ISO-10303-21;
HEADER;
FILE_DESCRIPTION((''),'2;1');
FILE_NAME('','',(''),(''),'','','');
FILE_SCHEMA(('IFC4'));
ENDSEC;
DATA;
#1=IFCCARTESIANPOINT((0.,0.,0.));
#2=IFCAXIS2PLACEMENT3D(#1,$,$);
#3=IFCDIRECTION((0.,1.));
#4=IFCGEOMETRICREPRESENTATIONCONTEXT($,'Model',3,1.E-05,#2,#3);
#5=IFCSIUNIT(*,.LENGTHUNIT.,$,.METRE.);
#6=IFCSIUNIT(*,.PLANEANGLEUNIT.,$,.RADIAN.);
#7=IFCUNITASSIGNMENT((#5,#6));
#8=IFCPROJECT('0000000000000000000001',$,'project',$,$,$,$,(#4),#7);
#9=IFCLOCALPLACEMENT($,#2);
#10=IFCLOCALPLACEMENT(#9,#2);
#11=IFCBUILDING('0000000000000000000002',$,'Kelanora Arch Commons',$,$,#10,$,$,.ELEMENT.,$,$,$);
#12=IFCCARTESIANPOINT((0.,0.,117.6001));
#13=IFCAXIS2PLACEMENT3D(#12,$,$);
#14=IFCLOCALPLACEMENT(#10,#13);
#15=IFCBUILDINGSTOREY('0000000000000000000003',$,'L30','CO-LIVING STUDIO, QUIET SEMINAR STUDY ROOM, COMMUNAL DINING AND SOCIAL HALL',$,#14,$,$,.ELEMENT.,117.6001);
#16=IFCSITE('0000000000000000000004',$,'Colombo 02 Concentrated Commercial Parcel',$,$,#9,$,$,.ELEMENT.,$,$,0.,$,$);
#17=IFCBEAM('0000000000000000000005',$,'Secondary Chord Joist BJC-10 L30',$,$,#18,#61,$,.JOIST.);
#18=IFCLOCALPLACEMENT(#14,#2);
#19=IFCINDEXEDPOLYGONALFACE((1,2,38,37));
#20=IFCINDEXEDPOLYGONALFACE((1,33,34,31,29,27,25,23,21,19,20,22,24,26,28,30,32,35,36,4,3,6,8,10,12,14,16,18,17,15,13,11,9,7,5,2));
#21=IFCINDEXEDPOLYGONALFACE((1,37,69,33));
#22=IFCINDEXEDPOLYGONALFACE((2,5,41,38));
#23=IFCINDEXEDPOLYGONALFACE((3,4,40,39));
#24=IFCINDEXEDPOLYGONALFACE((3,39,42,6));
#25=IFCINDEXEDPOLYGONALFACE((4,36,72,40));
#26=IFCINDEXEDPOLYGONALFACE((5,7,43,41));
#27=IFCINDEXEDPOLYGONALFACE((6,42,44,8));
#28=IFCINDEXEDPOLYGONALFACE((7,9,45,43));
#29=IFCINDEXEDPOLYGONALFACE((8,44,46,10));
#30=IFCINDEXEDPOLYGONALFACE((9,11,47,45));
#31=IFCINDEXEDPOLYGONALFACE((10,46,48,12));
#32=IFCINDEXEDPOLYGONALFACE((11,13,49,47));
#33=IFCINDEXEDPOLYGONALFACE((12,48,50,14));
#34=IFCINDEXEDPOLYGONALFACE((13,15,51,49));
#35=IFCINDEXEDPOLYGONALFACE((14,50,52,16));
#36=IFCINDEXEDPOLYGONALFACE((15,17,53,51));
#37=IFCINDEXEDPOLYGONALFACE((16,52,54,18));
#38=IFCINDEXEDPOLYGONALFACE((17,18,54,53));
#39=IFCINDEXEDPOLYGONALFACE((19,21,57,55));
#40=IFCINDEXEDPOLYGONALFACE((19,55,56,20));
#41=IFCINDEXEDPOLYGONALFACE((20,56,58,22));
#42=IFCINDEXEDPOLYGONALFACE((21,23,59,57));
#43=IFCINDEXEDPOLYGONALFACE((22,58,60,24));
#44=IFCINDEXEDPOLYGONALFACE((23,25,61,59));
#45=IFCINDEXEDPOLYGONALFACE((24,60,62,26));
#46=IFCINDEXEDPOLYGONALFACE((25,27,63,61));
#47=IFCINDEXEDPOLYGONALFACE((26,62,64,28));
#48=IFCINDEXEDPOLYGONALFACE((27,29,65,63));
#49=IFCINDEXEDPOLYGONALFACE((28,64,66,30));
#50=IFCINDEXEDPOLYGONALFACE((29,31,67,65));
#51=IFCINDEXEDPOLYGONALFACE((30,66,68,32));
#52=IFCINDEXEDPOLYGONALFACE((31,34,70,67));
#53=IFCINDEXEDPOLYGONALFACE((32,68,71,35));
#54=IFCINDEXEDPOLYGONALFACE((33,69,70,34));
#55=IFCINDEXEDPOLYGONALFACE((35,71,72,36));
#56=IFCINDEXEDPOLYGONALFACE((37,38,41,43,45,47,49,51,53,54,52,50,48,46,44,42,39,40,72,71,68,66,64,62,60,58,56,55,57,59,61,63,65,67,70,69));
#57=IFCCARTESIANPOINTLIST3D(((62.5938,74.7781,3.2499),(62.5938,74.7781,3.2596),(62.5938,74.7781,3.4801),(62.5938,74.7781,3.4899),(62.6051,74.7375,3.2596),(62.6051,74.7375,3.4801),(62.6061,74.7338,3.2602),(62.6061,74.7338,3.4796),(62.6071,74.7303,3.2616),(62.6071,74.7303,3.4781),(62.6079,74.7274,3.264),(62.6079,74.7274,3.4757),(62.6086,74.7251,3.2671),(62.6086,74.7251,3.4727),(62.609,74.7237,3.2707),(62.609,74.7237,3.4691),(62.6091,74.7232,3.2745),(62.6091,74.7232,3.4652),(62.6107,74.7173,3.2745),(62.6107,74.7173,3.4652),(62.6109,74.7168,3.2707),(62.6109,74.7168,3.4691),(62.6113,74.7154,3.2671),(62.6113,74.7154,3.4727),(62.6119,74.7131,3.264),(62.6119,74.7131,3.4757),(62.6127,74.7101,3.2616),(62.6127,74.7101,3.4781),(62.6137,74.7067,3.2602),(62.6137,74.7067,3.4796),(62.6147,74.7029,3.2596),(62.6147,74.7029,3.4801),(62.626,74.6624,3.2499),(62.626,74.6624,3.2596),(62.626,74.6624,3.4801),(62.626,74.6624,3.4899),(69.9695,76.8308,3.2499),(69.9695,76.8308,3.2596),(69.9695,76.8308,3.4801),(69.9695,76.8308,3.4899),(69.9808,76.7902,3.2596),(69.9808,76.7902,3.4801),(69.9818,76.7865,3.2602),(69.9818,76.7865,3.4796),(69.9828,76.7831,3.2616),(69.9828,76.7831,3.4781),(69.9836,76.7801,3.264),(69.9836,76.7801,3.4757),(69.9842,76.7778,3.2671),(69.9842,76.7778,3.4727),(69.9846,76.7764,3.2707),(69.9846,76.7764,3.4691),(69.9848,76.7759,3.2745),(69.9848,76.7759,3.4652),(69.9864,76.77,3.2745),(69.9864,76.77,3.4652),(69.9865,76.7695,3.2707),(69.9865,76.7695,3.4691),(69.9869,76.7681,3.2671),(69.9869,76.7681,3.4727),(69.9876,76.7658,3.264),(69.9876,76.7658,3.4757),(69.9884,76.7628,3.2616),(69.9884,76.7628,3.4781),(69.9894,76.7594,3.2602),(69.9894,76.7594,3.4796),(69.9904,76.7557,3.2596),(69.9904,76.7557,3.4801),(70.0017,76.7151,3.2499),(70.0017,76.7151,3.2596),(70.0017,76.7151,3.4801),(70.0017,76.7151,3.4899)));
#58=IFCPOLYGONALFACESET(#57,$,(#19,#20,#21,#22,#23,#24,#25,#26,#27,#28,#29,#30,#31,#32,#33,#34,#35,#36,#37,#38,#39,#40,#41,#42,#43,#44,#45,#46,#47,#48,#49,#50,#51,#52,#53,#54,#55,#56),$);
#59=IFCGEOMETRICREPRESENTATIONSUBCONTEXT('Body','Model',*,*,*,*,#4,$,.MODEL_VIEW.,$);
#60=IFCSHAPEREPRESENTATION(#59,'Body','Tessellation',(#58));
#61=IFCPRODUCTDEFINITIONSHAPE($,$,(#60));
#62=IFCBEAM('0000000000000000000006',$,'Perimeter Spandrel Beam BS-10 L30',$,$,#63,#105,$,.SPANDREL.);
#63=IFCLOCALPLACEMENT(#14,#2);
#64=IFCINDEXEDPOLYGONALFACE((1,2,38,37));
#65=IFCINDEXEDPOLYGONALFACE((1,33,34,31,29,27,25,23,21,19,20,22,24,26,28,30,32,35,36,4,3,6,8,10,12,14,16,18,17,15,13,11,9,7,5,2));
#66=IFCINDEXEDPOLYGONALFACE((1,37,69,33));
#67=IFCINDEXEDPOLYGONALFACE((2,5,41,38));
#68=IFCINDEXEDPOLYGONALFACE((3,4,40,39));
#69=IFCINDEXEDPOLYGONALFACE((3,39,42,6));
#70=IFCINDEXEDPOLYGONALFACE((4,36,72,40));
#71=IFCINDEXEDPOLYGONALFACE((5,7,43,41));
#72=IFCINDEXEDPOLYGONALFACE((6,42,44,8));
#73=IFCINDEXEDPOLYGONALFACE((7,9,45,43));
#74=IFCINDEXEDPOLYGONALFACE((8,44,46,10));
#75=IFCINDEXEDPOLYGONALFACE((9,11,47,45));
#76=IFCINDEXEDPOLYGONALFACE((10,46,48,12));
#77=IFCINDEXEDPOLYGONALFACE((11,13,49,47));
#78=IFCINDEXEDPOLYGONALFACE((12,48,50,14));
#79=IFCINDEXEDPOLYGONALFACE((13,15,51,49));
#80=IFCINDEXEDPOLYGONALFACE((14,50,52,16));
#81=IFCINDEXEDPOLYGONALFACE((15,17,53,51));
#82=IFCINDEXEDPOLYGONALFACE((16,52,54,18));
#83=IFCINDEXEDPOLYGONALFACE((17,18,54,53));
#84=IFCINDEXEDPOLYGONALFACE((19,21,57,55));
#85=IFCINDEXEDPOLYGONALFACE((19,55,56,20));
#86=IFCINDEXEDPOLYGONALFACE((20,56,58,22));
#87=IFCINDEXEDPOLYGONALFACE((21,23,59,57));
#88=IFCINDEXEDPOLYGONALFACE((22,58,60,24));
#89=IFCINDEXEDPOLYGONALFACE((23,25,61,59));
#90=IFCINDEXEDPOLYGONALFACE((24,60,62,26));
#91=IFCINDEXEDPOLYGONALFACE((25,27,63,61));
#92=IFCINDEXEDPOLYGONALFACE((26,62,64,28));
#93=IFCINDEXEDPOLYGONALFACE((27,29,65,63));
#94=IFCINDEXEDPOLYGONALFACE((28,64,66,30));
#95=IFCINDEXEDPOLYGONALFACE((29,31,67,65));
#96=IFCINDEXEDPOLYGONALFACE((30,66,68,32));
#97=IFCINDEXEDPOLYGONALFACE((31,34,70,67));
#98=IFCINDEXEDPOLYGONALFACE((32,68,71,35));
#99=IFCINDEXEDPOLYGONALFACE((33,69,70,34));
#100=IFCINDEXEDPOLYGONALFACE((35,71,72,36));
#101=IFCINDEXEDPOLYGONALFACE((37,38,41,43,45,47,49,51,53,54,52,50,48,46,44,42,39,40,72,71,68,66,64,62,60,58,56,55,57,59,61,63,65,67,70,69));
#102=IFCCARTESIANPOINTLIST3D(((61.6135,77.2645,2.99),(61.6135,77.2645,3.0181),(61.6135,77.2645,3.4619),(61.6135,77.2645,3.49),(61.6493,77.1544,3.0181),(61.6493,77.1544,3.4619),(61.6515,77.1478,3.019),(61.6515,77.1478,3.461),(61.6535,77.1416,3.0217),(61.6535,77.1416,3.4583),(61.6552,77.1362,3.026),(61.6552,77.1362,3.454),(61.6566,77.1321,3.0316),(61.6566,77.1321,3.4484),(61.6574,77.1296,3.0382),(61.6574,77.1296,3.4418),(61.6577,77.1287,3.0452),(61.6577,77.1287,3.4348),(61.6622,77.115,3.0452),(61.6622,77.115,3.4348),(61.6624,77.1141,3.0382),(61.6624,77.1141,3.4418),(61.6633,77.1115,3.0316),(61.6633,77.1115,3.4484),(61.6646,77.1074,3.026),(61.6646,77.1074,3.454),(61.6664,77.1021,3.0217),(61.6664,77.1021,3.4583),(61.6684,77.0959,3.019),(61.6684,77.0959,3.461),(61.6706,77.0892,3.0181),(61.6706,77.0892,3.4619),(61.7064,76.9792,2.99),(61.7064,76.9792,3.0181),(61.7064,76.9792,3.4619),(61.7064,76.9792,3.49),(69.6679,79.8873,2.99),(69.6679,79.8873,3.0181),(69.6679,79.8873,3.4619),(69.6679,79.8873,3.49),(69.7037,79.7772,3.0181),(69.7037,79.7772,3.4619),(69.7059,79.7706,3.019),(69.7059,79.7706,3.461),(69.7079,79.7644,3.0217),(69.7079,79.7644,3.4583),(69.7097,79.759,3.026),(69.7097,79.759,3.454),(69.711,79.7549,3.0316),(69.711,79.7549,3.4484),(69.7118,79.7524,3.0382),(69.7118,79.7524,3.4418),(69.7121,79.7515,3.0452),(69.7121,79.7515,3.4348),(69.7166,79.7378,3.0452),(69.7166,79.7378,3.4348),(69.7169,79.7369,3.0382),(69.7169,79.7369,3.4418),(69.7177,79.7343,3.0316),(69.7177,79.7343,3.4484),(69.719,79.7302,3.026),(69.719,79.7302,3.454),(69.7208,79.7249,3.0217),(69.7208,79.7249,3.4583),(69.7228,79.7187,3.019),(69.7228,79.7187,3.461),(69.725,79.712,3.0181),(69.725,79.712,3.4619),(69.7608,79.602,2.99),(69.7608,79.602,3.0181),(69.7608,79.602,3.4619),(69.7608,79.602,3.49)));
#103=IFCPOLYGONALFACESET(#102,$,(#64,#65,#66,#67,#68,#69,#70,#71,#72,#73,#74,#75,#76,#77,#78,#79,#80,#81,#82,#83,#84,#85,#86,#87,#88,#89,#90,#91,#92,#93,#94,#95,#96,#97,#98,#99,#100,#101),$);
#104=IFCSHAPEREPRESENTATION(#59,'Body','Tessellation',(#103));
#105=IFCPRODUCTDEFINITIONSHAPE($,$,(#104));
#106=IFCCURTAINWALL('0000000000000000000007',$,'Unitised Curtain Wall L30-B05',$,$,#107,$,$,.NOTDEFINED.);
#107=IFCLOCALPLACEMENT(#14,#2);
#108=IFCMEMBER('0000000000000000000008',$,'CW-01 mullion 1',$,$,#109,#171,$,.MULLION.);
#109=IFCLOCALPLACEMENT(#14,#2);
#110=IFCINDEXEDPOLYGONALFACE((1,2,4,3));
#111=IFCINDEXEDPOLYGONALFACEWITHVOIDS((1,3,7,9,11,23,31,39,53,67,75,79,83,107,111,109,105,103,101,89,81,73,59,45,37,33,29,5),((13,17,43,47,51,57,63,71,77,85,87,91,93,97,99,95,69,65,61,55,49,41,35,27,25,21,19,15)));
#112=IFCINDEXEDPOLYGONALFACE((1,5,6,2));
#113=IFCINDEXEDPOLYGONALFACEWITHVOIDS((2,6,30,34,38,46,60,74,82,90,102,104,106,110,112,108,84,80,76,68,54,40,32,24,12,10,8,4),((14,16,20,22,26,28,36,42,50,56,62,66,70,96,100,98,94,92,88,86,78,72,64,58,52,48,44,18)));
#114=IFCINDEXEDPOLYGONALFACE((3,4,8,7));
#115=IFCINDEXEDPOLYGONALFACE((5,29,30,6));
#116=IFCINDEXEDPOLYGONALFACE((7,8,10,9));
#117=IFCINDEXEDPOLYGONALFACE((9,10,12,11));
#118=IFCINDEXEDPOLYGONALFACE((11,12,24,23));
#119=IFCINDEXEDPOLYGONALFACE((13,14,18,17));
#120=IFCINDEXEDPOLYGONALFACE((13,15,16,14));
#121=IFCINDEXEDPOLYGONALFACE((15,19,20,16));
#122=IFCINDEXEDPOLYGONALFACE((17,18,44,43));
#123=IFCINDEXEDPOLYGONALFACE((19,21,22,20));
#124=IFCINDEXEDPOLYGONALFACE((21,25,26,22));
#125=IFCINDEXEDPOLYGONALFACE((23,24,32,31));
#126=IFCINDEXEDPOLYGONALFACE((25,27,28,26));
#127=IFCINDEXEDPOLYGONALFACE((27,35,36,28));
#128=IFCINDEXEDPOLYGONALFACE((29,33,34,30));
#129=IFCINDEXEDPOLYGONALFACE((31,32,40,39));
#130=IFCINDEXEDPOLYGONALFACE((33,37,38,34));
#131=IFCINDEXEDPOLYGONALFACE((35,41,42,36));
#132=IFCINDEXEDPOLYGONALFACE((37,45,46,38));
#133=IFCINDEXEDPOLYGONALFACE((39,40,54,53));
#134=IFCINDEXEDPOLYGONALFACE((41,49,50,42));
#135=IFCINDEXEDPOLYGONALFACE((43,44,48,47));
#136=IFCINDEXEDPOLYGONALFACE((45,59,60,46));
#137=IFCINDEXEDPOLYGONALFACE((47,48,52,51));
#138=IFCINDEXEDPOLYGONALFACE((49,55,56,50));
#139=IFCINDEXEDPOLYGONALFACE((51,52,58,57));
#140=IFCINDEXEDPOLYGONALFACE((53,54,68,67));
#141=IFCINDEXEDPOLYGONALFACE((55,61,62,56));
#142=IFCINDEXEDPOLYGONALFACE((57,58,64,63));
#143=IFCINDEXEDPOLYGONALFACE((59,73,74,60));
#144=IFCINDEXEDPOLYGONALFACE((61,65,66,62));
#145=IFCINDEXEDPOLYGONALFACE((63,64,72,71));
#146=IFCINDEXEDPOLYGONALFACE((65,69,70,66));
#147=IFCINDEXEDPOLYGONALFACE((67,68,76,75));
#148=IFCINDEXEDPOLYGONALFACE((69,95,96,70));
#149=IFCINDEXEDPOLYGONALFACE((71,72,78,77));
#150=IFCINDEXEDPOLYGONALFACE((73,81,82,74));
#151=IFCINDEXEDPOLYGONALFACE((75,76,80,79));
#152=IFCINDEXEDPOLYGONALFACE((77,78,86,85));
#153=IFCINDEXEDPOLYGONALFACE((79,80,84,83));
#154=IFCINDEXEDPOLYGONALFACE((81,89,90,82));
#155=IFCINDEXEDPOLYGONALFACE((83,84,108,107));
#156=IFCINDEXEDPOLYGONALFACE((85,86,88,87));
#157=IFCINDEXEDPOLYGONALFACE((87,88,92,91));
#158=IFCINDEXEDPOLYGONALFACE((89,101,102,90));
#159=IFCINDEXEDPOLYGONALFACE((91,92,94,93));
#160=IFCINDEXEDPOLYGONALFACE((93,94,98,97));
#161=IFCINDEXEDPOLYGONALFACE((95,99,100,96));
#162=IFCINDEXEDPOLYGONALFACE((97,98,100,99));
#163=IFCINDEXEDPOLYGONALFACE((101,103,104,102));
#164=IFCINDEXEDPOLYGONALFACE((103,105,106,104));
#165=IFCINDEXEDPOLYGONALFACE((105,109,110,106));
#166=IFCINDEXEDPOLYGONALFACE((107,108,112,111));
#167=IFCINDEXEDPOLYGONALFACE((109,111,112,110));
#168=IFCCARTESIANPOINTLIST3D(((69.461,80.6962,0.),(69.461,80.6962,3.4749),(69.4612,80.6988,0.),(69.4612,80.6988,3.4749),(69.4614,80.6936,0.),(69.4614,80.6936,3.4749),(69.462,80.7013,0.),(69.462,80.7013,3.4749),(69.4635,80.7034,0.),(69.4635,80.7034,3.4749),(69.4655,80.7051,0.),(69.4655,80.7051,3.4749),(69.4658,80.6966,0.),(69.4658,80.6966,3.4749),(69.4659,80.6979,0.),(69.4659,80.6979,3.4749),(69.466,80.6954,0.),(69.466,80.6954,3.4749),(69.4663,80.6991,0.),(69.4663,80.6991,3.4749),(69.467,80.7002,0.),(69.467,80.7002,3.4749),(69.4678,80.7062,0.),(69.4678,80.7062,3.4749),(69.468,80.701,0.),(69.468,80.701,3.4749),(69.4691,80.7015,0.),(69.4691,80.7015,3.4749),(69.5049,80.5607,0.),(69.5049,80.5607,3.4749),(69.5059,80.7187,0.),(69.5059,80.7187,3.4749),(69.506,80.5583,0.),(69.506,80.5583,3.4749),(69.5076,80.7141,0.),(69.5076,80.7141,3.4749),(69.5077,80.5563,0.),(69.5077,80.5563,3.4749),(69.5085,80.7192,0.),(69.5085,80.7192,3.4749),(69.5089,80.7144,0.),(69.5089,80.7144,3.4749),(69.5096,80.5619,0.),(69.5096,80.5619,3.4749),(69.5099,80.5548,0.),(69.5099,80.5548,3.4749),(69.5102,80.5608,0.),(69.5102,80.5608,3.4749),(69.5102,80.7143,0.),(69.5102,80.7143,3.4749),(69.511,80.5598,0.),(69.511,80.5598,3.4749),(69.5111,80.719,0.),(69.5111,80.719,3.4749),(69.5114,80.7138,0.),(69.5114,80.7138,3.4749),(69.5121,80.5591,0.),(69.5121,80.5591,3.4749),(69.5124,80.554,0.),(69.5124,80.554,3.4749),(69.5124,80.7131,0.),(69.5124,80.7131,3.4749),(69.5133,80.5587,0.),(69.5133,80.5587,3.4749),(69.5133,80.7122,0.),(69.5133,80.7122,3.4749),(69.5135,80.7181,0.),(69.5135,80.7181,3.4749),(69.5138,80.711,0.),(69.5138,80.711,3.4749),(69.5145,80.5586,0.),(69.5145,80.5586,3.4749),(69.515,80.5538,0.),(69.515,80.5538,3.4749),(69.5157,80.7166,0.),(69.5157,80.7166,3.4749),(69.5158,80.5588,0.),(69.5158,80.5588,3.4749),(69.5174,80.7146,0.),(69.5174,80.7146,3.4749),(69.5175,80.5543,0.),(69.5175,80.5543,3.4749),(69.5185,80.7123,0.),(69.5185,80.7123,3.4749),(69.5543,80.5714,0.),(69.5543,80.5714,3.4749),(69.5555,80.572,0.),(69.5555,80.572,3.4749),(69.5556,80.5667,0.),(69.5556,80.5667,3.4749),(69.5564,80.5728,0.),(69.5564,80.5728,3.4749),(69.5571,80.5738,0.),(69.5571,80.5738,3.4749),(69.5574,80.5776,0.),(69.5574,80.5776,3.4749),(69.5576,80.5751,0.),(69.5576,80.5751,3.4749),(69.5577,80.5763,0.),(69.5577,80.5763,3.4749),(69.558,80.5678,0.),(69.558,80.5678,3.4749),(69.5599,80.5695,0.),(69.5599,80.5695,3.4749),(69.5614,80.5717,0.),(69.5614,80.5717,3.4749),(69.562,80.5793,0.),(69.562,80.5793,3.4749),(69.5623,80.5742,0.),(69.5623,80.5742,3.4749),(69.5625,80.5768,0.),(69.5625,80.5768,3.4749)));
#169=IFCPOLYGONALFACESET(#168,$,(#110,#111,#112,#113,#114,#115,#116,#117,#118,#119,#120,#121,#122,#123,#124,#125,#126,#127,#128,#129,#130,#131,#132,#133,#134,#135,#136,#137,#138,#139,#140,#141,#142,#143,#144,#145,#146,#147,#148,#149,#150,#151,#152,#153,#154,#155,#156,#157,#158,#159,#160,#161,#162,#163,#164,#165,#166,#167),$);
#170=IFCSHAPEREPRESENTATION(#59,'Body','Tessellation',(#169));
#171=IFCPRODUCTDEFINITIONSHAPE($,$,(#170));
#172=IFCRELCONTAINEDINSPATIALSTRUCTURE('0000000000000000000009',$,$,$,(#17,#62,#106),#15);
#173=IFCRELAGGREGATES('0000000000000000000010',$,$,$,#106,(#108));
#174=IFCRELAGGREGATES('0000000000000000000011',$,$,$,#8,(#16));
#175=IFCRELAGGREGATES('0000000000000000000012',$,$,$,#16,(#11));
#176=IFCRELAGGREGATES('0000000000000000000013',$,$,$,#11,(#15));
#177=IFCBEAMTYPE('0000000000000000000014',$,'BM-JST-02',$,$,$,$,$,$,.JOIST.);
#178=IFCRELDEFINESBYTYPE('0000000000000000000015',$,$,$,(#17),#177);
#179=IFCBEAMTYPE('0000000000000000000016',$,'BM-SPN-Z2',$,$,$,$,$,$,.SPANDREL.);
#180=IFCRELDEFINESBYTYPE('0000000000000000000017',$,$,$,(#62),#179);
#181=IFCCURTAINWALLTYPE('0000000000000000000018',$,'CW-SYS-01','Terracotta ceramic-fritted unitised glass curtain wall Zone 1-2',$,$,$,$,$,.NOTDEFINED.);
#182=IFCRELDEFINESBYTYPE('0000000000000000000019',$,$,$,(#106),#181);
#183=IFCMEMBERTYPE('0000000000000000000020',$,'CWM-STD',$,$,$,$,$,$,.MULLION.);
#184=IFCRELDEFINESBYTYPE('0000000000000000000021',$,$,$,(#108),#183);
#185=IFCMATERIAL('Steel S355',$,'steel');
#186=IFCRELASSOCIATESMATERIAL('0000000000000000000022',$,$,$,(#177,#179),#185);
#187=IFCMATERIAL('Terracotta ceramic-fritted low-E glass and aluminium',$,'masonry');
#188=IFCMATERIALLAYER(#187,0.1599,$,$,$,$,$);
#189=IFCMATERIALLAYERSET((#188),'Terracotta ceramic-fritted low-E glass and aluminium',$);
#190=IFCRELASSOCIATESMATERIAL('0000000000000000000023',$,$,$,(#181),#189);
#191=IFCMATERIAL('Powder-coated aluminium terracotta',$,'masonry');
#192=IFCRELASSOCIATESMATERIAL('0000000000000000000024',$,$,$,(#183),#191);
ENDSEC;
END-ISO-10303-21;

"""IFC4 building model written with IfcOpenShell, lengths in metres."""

from ifc_helpers import new_model, si_unit, direction, frame, origin, origin_2d, place, context, subcontext, project, spatial, hollow_rectangle, i_section, extrude, material, layer, layer_set, material_profile, profile_set, type_object, element, aggregate, save


model = new_model("IFC4")

# Units and contexts
model_context = context("Model", 3, precision=1e-05, world=origin(), true_north=direction((0.0, 1.0)))
body_context = subcontext(model_context, "Body", "Model", "MODEL_VIEW")
ifc_project = project(units=[si_unit("LENGTHUNIT", "METRE"), si_unit("PLANEANGLEUNIT", "RADIAN")], contexts=[model_context])

# Site, building, storey
site_placement = place(None, origin())
site = spatial("IfcSite", under=ifc_project, at=site_placement, Name="Colombo 02 Concentrated Commercial Parcel", CompositionType="ELEMENT", RefElevation=0.0)
building_placement = place(site_placement, origin())
building = spatial("IfcBuilding", under=site, at=building_placement, Name="Kelanora Arch Commons", CompositionType="ELEMENT")
storey_placement = place(building_placement, frame((0.0, 0.0, 117.6001)))
storey = spatial("IfcBuildingStorey", under=building, at=storey_placement, Name="L30", Description="CO-LIVING STUDIO, QUIET SEMINAR STUDY ROOM, COMMUNAL DINING AND SOCIAL HALL", CompositionType="ELEMENT", Elevation=117.6001)

# Beams
ifc_material_1 = material(Name="Steel S355", Category="steel")
ifc_material_profile_1 = material_profile(ifc_material_1, i_section(OverallWidth=0.1201, OverallDepth=0.24, WebThickness=0.0061, FlangeThickness=0.0098, FilletRadius=0.0149, at=origin_2d()), Name="IPE240")
ifc_profile_set_1 = profile_set([ifc_material_profile_1], Name="Steel S355")
beam_type_1 = type_object("IfcBeamType", Name="BM-JST-02", PredefinedType="JOIST", material=ifc_profile_set_1)
beam_1_placement = place(storey_placement, frame((69.9856, 76.7729, 3.3699), z_axis=(-0.963386, -0.268119, 0.0), x_axis=(0.268119, -0.963386, 0.0)))
element("IfcBeam", 1, at=beam_1_placement, inside=storey, type_object=beam_type_1, Name="Secondary Chord Joist BJC-10 L30", PredefinedType="JOIST", context=body_context, shape_type="SweptSolid", body=[
    extrude(i_section(OverallWidth=0.1201, OverallDepth=0.24, WebThickness=0.0061, FlangeThickness=0.0098, FilletRadius=0.0149, at=origin_2d()), origin(), (0.0, 0.0, 1.0), 7.656),
])
ifc_material_profile_2 = material_profile(ifc_material_1, i_section(OverallWidth=0.3, OverallDepth=0.5, WebThickness=0.0144, FlangeThickness=0.0281, FilletRadius=0.0271, at=origin_2d()), Name="HEB500")
ifc_profile_set_2 = profile_set([ifc_material_profile_2], Name="Steel S355")
beam_type_2 = type_object("IfcBeamType", Name="BM-SPN-Z2", PredefinedType="SPANDREL", material=ifc_profile_set_2)
beam_2_placement = place(storey_placement, frame((69.7144, 79.7446, 3.24), z_axis=(-0.950857, -0.309631, 0.0), x_axis=(0.309631, -0.950857, 0.0)))
element("IfcBeam", 2, at=beam_2_placement, inside=storey, type_object=beam_type_2, Name="Perimeter Spandrel Beam BS-10 L30", PredefinedType="SPANDREL", context=body_context, shape_type="SweptSolid", body=[
    extrude(i_section(OverallWidth=0.3, OverallDepth=0.5, WebThickness=0.0144, FlangeThickness=0.0281, FilletRadius=0.0271, at=origin_2d()), origin(), (0.0, 0.0, 1.0), 8.4707),
])

# Curtain wall, member
ifc_material_2 = material(Name="Terracotta ceramic-fritted low-E glass and aluminium", Category="masonry")
ifc_layer_1 = layer(ifc_material_2, 0.1599)
ifc_layer_set_1 = layer_set([ifc_layer_1], Name="Terracotta ceramic-fritted low-E glass and aluminium")
curtain_wall_type = type_object("IfcCurtainWallType", Name="CW-SYS-01", Description="Terracotta ceramic-fritted unitised glass curtain wall Zone 1-2", PredefinedType="NOTDEFINED", material=ifc_layer_set_1)
curtain_wall_placement = place(storey_placement, origin())
curtain_wall = element("IfcCurtainWall", 3, at=curtain_wall_placement, inside=storey, type_object=curtain_wall_type, Name="Unitised Curtain Wall L30-B05", PredefinedType="NOTDEFINED")
ifc_material_3 = material(Name="Powder-coated aluminium terracotta", Category="masonry")
ifc_material_profile_3 = material_profile(ifc_material_3, hollow_rectangle(XDim=0.1599, YDim=0.0601, WallThickness=0.0049, InnerFilletRadius=0.0049, OuterFilletRadius=0.01, at=origin_2d()), Name="CWM160x60")
ifc_profile_set_3 = profile_set([ifc_material_profile_3], Name="Powder-coated aluminium terracotta")
member_type_1 = type_object("IfcMemberType", Name="CWM-STD", PredefinedType="MULLION", material=ifc_profile_set_3)
member_1_placement = place(storey_placement, frame((69.5117, 80.6365, 0.0), z_axis=(0.0, 0.0, 1.0), x_axis=(0.310805, -0.950474, 0.0)))
member_1 = element("IfcMember", 4, at=member_1_placement, type_object=member_type_1, Name="CW-01 mullion 1", PredefinedType="MULLION", context=body_context, shape_type="SweptSolid", body=[
    extrude(hollow_rectangle(XDim=0.1599, YDim=0.0601, WallThickness=0.0049, InnerFilletRadius=0.0049, OuterFilletRadius=0.01, at=origin_2d()), origin(), (0.0, 0.0, 1.0), 3.4749),
])
aggregate(curtain_wall, [member_1])

save(model, "model.ifc")
